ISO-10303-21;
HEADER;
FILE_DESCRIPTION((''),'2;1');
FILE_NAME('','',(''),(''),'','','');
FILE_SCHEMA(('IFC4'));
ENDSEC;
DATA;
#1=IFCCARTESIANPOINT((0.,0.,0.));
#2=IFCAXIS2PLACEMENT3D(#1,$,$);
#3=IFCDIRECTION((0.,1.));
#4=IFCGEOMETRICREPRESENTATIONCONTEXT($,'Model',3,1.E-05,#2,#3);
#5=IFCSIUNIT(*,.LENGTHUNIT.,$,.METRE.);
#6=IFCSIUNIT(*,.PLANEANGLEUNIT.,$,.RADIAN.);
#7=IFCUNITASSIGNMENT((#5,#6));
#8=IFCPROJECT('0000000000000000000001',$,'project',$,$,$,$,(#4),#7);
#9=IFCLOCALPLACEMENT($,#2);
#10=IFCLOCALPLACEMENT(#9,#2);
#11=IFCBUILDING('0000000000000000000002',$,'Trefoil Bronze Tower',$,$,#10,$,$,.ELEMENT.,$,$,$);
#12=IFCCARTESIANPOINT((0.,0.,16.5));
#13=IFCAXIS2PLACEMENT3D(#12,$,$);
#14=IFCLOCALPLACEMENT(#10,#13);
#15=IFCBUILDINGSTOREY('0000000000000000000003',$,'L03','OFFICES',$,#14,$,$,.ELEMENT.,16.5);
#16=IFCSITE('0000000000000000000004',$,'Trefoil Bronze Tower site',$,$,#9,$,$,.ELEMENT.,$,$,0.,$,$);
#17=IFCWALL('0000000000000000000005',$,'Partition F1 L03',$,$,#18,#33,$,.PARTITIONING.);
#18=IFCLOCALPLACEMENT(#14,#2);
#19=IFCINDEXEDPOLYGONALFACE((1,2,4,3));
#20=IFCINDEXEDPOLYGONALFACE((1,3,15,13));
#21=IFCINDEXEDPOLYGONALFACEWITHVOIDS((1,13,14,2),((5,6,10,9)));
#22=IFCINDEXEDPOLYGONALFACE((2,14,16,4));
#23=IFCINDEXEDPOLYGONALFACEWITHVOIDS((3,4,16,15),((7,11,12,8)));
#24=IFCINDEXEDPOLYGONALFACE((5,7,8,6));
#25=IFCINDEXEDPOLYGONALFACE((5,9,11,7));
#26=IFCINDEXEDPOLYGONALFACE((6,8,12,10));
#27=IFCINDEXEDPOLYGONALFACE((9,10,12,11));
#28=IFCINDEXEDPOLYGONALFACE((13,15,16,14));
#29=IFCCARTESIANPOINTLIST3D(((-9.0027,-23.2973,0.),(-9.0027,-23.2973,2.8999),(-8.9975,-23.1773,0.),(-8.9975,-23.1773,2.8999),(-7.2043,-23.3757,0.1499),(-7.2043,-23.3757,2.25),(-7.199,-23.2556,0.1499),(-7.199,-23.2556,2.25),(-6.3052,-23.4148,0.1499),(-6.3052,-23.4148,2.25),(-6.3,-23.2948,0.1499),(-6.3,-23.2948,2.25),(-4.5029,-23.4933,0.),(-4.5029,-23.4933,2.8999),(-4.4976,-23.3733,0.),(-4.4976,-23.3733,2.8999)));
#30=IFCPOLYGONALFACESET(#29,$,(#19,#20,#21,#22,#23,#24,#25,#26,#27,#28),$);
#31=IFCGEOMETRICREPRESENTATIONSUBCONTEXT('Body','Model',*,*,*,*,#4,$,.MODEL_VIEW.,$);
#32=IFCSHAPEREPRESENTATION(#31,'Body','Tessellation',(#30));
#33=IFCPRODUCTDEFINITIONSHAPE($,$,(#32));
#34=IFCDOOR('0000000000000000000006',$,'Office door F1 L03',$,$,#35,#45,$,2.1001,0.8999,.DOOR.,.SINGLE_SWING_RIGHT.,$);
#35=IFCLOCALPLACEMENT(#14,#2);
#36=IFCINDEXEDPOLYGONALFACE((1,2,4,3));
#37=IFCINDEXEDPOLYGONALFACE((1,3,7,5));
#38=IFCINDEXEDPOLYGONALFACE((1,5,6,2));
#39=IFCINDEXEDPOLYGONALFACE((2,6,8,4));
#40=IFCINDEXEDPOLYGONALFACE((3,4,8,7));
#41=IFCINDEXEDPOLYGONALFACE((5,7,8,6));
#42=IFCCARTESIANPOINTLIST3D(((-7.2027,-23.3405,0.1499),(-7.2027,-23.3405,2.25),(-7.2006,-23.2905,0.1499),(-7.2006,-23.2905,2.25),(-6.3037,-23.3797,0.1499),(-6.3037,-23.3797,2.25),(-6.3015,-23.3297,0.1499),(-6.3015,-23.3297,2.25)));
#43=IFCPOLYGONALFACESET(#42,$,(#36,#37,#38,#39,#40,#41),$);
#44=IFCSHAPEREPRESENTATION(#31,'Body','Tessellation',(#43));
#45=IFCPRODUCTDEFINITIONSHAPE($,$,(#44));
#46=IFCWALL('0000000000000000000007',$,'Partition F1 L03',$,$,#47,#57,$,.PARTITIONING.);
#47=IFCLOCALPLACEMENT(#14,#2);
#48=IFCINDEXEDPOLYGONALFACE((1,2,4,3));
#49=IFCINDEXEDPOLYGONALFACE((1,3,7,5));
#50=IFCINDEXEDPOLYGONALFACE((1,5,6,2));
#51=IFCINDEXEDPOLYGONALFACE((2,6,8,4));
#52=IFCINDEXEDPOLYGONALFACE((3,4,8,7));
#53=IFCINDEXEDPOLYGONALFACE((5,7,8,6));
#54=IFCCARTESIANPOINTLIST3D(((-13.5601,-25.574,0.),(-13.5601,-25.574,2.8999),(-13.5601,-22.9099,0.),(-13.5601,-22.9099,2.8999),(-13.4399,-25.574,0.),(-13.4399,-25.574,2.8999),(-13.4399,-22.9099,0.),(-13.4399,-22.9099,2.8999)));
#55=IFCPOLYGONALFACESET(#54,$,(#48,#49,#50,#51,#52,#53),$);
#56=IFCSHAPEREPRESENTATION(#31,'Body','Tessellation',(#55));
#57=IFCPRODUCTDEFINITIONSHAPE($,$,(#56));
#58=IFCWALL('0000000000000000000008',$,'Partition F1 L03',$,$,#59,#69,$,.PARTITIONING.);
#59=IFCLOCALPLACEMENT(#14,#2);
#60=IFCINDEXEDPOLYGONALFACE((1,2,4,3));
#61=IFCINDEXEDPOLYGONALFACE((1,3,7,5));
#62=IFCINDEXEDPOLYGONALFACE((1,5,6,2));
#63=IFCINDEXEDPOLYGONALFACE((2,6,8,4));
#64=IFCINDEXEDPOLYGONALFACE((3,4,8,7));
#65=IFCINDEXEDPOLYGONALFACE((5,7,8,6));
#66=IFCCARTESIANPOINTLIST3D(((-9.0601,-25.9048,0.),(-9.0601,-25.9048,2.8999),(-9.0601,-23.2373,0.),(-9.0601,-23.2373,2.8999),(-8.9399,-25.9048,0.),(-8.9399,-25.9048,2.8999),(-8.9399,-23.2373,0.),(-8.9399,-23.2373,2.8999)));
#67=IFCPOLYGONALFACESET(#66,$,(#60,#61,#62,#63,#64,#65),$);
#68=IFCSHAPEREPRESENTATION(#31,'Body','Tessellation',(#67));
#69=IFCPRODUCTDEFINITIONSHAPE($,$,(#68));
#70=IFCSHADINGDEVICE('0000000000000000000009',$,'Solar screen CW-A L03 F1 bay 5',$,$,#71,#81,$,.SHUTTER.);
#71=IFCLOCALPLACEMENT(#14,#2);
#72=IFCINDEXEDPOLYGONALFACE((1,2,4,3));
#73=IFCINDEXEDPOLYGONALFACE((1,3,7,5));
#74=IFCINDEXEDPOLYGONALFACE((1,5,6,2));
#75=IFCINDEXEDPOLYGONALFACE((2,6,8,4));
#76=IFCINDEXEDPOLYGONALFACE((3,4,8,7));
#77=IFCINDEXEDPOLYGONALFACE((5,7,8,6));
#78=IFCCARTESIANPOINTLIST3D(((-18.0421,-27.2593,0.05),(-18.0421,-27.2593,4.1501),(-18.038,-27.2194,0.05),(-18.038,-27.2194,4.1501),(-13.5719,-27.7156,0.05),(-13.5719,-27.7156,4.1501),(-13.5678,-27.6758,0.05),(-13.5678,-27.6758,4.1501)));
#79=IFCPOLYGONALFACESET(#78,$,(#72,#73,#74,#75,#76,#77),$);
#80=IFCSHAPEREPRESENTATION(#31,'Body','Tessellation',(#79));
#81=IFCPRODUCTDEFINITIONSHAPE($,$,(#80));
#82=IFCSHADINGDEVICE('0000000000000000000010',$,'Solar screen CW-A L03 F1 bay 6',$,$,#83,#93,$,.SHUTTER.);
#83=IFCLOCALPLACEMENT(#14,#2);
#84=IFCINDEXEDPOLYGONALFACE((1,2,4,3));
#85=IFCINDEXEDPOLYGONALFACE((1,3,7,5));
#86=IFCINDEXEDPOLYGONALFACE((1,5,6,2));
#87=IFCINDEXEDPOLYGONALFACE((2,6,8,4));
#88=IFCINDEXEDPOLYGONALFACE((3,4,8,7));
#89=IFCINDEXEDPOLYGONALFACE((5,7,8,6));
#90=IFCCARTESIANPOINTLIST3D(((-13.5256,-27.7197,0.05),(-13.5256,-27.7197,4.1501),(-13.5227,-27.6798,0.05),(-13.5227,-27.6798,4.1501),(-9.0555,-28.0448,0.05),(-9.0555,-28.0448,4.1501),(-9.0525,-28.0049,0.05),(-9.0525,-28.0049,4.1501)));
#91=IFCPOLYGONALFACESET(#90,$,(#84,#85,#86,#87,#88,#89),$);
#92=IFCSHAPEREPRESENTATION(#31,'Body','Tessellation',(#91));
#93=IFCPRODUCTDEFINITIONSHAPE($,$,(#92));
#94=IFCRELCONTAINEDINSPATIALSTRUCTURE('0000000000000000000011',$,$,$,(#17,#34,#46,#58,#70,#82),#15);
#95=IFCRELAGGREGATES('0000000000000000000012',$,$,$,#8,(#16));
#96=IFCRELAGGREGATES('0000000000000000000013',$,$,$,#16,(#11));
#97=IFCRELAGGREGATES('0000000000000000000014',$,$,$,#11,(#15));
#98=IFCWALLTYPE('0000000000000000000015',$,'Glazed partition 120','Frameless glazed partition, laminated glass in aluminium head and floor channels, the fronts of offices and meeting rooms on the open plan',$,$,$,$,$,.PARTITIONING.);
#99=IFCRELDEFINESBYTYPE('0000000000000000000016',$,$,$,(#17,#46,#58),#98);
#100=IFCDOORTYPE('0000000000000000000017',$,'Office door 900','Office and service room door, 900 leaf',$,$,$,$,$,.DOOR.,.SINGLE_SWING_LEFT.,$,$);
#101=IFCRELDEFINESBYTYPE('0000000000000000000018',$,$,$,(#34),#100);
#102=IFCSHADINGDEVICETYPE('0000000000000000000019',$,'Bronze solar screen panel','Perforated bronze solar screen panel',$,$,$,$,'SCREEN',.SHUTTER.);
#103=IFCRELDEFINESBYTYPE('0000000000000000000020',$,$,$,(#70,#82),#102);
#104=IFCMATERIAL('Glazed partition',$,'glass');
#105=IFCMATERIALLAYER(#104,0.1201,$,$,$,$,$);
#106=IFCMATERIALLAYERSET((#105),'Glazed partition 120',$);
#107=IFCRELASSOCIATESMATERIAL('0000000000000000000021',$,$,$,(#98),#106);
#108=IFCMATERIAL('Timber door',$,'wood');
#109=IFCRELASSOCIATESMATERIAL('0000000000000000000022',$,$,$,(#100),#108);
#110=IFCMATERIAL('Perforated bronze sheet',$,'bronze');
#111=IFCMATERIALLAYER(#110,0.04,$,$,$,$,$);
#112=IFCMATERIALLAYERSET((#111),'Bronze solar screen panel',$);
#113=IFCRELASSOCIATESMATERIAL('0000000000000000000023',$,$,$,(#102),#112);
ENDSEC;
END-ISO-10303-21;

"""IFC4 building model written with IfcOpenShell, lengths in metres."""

from ifc_helpers import new_model, si_unit, direction, frame, frame_2d, origin, origin_2d, place, context, subcontext, project, spatial, rectangle, extrude, material, layer, layer_set, type_object, element, fill, save


model = new_model("IFC4")

# Units and contexts
model_context = context("Model", 3, precision=1e-05, world=origin(), true_north=direction((0.0, 1.0)))
body_context = subcontext(model_context, "Body", "Model", "MODEL_VIEW")
ifc_project = project(units=[si_unit("LENGTHUNIT", "METRE"), si_unit("PLANEANGLEUNIT", "RADIAN")], contexts=[model_context])

# Site, building, storey
site_placement = place(None, origin())
site = spatial("IfcSite", under=ifc_project, at=site_placement, Name="Trefoil Bronze Tower site", CompositionType="ELEMENT", RefElevation=0.0)
building_placement = place(site_placement, origin())
building = spatial("IfcBuilding", under=site, at=building_placement, Name="Trefoil Bronze Tower", CompositionType="ELEMENT")
storey_placement = place(building_placement, frame((0.0, 0.0, 16.5)))
storey = spatial("IfcBuildingStorey", under=building, at=storey_placement, Name="L03", Description="OFFICES", CompositionType="ELEMENT", Elevation=16.5)

# Wall, opening, door
ifc_material_1 = material(Name="Glazed partition", Category="glass")
ifc_layer_1 = layer(ifc_material_1, 0.1201)
ifc_layer_set_1 = layer_set([ifc_layer_1], Name="Glazed partition 120")
wall_type = type_object("IfcWallType", Name="Glazed partition 120", Description="Frameless glazed partition, laminated glass in aluminium head and floor channels, the fronts of offices and meeting rooms on the open plan", PredefinedType="PARTITIONING", material=ifc_layer_set_1)
ifc_material_2 = material(Name="Timber door", Category="wood")
door_type = type_object("IfcDoorType", Name="Office door 900", Description="Office and service room door, 900 leaf", OperationType="SINGLE_SWING_LEFT", PredefinedType="DOOR", material=ifc_material_2)
wall_1_placement = place(storey_placement, frame((-9.0, -23.2373, 0.0), z_axis=(0.0, 0.0, 1.0), x_axis=(0.999052, -0.043524, 0.0)))
wall_1 = element("IfcWall", 1, at=wall_1_placement, inside=storey, type_object=wall_type, Name="Partition F1 L03", PredefinedType="PARTITIONING", context=body_context, shape_type="SweptSolid", body=[
    extrude(rectangle(XDim=4.5042, YDim=0.1201, at=frame_2d((2.252, 0.0))), origin(), (0.0, 0.0, 1.0), 2.8999),
])
opening_1_placement = place(wall_1_placement, frame((1.8, 0.0, 0.1499)))
opening_1 = element("IfcOpeningElement", 2, at=opening_1_placement, cuts=wall_1, PredefinedType="OPENING", context=body_context, shape_type="SweptSolid", body=[
    extrude(rectangle(XDim=0.8999, YDim=2.1001, at=frame_2d((0.45, 1.05))), frame((0.0, 0.0701, 0.0), z_axis=(0.0, -1.0, 0.0), x_axis=(1.0, 0.0, 0.0)), (0.0, 0.0, 1.0), 0.1401),
])
door_1_placement = place(opening_1_placement, frame((0.8999, 0.0, 0.0), z_axis=(0.0, 0.0, 1.0), x_axis=(-1.0, 0.0, 0.0)))
door_1 = element("IfcDoor", 3, at=door_1_placement, inside=storey, type_object=door_type, Name="Office door F1 L03", OperationType="SINGLE_SWING_RIGHT", OverallHeight=2.1001, OverallWidth=0.8999, PredefinedType="DOOR", context=body_context, shape_type="SweptSolid", body=[
    extrude(rectangle(XDim=0.8999, YDim=2.1001, at=frame_2d((0.45, 1.05))), frame((0.0, 0.0249, 0.0), z_axis=(0.0, -1.0, 0.0), x_axis=(1.0, 0.0, 0.0)), (0.0, 0.0, 1.0), 0.05),
])
fill(opening_1, door_1)

# Walls
wall_2_placement = place(storey_placement, frame((-13.5, -22.9099, 0.0), z_axis=(0.0, 0.0, 1.0), x_axis=(0.0, -1.0, 0.0)))
element("IfcWall", 4, at=wall_2_placement, inside=storey, type_object=wall_type, Name="Partition F1 L03", PredefinedType="PARTITIONING", context=body_context, shape_type="SweptSolid", body=[
    extrude(rectangle(XDim=2.6641, YDim=0.1201, at=frame_2d((1.332, 0.0))), origin(), (0.0, 0.0, 1.0), 2.8999),
])
wall_3_placement = place(storey_placement, frame((-9.0, -23.2373, 0.0), z_axis=(0.0, 0.0, 1.0), x_axis=(0.0, -1.0, 0.0)))
element("IfcWall", 5, at=wall_3_placement, inside=storey, type_object=wall_type, Name="Partition F1 L03", PredefinedType="PARTITIONING", context=body_context, shape_type="SweptSolid", body=[
    extrude(rectangle(XDim=2.6675, YDim=0.1201, at=frame_2d((1.3337, 0.0))), origin(), (0.0, 0.0, 1.0), 2.8999),
])

# Shading devices
ifc_material_3 = material(Name="Perforated bronze sheet", Category="bronze")
ifc_layer_2 = layer(ifc_material_3, 0.04)
ifc_layer_set_2 = layer_set([ifc_layer_2], Name="Bronze solar screen panel")
shading_device_type = type_object("IfcShadingDeviceType", Name="Bronze solar screen panel", Description="Perforated bronze solar screen panel", ElementType="SCREEN", PredefinedType="SHUTTER", material=ifc_layer_set_2)
shading_device_1_placement = place(storey_placement, frame((-15.8049, -27.4675, 0.05), z_axis=(0.0, 0.0, 1.0), x_axis=(0.994829, -0.101565, 0.0)))
element("IfcShadingDevice", 6, at=shading_device_1_placement, inside=storey, type_object=shading_device_type, Name="Solar screen CW-A L03 F1 bay 5", PredefinedType="SHUTTER", context=body_context, shape_type="SweptSolid", body=[
    extrude(rectangle(XDim=4.4934, YDim=0.04, at=origin_2d()), origin(), (0.0, 0.0, 1.0), 4.1001),
])
shading_device_2_placement = place(storey_placement, frame((-11.2891, -27.8623, 0.05), z_axis=(0.0, 0.0, 1.0), x_axis=(0.997365, -0.072547, 0.0)))
element("IfcShadingDevice", 7, at=shading_device_2_placement, inside=storey, type_object=shading_device_type, Name="Solar screen CW-A L03 F1 bay 6", PredefinedType="SHUTTER", context=body_context, shape_type="SweptSolid", body=[
    extrude(rectangle(XDim=4.4819, YDim=0.04, at=origin_2d()), origin(), (0.0, 0.0, 1.0), 4.1001),
])

save(model, "model.ifc")
